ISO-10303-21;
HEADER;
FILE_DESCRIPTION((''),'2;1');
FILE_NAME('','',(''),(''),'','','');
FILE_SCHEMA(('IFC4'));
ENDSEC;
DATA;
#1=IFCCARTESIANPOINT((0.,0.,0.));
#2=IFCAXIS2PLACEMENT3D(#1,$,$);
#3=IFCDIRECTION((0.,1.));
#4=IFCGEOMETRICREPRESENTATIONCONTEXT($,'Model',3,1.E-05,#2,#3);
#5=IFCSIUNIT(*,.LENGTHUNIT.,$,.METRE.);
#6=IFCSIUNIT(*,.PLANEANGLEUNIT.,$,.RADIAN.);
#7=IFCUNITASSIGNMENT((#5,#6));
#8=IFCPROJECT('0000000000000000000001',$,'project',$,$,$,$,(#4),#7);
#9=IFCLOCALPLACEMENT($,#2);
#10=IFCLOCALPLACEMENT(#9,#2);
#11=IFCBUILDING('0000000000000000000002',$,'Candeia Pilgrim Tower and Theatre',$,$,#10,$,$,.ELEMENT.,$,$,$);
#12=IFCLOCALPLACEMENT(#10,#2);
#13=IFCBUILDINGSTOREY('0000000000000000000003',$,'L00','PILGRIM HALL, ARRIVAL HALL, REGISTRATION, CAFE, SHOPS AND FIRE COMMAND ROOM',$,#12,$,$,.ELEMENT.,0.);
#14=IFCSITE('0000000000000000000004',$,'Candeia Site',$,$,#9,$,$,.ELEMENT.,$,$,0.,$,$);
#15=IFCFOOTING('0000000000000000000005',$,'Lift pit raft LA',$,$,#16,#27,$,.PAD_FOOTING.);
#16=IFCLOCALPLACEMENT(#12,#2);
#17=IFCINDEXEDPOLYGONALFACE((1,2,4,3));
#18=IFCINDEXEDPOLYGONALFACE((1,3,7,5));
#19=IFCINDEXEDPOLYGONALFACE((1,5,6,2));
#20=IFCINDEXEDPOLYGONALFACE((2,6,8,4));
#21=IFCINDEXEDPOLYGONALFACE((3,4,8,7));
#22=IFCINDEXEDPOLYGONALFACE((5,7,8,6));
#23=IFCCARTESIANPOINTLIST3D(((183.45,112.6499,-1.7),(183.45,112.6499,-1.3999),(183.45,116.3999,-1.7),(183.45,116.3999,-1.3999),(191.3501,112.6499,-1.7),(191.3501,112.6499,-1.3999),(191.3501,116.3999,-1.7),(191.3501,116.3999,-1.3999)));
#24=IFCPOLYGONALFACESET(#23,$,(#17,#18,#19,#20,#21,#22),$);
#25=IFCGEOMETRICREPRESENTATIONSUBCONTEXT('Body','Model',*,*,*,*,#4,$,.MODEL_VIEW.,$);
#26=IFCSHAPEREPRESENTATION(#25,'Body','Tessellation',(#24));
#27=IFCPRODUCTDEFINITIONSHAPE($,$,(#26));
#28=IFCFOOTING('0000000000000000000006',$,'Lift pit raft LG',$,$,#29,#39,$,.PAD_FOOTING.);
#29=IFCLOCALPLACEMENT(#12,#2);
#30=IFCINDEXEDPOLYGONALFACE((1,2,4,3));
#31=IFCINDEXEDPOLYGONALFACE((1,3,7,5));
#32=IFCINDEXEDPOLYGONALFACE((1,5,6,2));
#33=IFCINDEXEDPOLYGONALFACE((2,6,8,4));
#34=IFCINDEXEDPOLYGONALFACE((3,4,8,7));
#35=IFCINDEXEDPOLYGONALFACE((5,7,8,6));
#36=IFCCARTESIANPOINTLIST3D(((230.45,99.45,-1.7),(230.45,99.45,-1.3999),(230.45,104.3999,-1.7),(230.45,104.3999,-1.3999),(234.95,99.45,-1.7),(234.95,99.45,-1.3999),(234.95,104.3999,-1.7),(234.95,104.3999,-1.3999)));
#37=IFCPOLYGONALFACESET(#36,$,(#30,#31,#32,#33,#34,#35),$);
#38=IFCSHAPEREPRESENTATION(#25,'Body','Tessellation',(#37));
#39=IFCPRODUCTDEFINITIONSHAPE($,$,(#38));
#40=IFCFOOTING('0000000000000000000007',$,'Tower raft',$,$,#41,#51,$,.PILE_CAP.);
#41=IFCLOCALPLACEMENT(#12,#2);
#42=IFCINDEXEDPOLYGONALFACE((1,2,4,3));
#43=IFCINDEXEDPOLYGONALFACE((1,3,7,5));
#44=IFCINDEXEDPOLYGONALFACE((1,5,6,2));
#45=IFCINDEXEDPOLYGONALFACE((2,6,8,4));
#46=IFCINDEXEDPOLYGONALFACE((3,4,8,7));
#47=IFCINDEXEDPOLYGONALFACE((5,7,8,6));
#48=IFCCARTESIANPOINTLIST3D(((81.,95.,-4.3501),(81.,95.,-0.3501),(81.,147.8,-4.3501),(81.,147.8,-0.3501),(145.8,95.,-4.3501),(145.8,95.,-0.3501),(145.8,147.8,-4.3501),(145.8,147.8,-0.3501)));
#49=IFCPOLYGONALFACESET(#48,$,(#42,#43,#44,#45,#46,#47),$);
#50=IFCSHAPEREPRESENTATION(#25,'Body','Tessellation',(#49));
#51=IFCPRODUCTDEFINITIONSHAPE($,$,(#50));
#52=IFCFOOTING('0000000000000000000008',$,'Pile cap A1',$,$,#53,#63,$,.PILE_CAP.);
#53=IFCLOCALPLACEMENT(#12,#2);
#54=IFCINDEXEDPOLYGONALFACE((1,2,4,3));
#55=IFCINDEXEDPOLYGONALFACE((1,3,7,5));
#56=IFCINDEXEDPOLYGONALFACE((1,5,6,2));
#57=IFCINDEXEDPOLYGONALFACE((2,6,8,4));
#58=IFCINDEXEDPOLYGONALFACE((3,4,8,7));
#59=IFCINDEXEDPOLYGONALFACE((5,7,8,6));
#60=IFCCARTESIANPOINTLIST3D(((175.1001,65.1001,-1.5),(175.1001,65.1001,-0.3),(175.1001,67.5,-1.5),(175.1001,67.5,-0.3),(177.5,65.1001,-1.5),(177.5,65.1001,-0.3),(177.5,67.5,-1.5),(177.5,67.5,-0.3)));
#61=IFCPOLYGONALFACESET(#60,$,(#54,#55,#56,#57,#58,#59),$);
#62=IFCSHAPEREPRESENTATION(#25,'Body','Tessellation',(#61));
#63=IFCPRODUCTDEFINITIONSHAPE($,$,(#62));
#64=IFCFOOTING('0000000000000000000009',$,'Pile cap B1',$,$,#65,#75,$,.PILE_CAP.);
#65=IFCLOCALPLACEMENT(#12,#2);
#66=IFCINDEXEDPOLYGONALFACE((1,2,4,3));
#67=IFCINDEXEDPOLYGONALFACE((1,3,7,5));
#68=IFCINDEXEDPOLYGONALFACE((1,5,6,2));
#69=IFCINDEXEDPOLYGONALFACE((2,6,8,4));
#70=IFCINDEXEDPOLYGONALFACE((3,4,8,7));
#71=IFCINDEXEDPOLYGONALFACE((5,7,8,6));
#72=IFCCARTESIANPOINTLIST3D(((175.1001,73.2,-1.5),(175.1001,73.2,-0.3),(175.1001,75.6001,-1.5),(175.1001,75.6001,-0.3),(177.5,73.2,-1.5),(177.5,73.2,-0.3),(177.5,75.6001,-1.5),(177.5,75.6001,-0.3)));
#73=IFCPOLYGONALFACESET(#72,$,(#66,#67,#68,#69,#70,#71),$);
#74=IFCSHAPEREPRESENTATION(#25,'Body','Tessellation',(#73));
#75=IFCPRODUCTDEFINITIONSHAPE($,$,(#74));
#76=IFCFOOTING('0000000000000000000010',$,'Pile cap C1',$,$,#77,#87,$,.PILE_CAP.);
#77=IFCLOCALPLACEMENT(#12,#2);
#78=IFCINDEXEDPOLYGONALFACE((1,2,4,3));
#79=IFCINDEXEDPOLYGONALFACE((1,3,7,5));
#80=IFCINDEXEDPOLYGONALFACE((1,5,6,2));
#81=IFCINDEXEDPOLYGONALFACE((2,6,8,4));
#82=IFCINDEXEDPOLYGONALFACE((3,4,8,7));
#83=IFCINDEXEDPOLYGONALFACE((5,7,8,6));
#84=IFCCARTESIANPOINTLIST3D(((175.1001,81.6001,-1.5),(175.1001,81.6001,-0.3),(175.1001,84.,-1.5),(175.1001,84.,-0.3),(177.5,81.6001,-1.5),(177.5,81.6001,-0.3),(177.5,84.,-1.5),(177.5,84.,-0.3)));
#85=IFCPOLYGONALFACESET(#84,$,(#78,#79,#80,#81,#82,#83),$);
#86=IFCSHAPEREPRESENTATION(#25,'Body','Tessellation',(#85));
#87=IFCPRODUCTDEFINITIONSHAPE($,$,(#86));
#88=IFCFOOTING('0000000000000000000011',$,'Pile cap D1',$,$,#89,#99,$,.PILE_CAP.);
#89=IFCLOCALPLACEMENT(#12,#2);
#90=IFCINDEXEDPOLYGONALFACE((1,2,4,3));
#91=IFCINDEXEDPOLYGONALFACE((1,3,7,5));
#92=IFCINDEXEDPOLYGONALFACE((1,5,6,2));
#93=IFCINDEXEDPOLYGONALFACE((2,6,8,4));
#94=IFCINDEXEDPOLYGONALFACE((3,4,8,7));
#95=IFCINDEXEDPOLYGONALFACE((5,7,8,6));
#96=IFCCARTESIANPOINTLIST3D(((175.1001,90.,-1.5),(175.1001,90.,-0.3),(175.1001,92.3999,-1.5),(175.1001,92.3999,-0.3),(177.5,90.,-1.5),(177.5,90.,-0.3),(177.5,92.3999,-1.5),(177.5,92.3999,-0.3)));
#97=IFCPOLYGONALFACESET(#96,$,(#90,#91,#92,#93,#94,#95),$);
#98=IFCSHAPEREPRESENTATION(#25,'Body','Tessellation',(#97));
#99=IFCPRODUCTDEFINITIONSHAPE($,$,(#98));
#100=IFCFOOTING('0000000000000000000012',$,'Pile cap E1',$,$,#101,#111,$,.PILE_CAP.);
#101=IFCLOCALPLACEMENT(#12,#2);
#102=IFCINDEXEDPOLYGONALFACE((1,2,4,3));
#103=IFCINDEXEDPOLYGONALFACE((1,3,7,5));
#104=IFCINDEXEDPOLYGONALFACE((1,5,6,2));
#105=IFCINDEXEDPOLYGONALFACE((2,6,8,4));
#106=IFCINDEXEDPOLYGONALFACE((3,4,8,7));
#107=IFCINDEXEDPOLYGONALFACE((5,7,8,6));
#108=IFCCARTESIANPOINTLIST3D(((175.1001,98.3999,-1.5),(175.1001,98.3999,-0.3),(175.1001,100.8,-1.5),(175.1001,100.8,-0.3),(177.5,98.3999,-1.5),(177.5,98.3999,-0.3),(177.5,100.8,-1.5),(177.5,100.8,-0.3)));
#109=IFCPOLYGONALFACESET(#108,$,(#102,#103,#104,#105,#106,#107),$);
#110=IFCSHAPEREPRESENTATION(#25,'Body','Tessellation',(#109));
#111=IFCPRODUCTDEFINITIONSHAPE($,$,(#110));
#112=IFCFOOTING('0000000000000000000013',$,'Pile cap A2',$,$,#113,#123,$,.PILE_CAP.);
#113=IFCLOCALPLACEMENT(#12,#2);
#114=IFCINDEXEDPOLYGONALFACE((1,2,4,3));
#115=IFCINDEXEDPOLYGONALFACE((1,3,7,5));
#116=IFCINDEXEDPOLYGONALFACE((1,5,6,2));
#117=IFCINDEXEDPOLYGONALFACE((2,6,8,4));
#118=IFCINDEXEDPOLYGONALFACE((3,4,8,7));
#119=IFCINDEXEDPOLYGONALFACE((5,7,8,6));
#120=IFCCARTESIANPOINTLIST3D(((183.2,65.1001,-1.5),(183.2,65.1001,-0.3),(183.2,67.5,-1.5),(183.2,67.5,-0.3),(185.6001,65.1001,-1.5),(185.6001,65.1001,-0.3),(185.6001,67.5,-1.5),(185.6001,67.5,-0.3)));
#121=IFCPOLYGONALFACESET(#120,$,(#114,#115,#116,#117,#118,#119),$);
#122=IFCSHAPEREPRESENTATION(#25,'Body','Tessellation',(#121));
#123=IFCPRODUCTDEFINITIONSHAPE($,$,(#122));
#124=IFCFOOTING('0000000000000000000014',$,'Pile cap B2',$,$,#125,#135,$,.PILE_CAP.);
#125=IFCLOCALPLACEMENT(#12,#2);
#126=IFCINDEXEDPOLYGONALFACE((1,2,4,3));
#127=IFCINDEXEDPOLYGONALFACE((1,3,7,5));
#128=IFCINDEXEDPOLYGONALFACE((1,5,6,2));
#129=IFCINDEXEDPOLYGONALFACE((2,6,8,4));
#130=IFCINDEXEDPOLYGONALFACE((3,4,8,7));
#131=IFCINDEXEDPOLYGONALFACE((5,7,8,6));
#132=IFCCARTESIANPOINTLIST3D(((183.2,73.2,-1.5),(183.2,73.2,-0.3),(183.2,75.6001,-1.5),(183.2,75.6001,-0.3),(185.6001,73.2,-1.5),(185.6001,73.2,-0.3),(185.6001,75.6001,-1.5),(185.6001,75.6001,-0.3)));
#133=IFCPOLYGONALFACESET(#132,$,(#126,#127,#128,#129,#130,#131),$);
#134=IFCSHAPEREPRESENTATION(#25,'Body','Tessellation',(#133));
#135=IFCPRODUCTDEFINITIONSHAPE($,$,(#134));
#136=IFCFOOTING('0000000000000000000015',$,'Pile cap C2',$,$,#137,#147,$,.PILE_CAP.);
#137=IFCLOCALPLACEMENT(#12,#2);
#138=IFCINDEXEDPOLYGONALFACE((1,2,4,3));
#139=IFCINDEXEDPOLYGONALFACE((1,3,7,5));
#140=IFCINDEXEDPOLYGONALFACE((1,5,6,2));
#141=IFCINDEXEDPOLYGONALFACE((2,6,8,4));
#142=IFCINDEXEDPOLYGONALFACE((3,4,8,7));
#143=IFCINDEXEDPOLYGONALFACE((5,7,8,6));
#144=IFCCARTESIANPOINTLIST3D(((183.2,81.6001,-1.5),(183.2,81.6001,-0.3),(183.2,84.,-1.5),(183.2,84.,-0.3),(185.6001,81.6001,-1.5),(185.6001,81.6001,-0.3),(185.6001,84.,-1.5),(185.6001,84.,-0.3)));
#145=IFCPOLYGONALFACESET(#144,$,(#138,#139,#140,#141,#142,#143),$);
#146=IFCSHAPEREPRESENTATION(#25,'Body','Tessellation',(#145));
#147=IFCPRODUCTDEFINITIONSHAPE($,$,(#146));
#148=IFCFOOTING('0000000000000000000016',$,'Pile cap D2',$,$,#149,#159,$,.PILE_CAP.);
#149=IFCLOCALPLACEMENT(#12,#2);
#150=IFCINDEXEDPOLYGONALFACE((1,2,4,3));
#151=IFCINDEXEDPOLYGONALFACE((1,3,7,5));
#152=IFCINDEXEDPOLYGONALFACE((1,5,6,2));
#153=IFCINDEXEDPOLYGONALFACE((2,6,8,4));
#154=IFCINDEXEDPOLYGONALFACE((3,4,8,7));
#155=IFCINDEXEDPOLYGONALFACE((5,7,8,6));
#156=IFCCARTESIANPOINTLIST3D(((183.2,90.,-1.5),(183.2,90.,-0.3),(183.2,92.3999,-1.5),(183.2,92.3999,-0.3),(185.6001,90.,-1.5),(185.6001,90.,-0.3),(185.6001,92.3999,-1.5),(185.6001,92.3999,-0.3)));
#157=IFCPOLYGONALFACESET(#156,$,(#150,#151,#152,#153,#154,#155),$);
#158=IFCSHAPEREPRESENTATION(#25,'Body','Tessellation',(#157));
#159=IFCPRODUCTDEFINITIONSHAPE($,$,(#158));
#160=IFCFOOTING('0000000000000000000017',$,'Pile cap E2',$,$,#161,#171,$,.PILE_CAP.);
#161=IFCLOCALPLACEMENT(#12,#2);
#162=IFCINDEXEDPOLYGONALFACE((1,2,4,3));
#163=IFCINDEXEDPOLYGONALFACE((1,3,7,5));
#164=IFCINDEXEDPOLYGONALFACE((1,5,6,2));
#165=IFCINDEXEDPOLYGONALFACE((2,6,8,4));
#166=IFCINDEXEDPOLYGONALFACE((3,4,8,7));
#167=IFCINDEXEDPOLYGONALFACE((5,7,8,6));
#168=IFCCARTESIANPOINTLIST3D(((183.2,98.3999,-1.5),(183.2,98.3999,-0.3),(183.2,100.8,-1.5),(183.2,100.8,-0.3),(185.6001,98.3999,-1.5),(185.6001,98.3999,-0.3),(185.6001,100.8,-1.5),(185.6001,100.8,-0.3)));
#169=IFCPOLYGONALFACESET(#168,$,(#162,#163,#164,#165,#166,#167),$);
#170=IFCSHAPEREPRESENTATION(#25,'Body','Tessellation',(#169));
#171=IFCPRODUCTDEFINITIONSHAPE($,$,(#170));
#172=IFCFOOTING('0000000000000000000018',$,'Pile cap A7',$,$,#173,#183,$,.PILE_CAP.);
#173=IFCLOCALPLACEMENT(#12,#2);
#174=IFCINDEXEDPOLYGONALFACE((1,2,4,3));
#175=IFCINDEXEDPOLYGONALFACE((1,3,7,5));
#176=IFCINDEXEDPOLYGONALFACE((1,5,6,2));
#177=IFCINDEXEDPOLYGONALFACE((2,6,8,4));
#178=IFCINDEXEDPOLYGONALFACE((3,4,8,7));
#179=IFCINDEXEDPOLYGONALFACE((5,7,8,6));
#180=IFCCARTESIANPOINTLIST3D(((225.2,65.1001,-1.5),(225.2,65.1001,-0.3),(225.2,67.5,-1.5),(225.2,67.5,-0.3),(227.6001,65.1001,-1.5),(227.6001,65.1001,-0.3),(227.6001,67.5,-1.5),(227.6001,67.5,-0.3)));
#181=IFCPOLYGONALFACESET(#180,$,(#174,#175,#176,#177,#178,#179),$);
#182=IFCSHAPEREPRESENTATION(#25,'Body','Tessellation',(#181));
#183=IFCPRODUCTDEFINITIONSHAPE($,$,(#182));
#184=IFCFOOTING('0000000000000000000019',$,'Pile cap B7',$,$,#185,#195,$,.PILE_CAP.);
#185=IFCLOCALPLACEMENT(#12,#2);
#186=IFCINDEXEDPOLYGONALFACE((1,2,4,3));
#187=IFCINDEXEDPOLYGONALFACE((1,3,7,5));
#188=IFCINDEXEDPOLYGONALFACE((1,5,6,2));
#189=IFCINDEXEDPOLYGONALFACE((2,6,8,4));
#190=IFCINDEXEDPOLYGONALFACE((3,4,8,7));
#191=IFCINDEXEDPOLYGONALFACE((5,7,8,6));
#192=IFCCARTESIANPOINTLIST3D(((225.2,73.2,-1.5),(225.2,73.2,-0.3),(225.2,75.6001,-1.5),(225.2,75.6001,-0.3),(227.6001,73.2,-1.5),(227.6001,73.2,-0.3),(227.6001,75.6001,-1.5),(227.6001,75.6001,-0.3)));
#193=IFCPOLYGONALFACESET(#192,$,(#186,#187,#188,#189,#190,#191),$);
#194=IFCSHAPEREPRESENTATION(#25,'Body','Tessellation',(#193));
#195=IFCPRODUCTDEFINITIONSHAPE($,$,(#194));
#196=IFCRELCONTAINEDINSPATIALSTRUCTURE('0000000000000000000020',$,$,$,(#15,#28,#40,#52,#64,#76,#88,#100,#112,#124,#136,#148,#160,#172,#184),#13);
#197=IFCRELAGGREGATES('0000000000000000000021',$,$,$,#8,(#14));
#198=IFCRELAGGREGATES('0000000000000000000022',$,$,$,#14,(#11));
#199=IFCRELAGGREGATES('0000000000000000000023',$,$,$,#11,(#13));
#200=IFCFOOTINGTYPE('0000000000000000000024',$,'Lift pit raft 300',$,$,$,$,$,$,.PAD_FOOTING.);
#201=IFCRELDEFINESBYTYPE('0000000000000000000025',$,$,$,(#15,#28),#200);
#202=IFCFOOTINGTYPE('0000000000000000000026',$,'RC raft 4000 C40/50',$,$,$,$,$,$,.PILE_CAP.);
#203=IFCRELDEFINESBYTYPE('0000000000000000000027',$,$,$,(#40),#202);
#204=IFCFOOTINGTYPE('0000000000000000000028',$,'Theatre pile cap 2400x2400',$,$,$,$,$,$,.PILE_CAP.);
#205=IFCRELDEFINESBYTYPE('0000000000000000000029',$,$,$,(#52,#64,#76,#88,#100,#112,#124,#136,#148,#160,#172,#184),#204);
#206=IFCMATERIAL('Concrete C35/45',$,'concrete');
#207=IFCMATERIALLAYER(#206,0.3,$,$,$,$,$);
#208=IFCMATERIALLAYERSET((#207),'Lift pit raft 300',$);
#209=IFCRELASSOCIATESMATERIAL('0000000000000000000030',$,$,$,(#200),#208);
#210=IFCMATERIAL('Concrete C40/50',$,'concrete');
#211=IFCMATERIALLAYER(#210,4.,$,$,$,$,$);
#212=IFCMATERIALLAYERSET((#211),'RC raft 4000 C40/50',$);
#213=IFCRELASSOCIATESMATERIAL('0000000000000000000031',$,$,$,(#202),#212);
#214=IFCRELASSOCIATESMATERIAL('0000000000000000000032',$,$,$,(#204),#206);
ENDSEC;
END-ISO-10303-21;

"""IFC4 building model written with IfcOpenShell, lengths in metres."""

from ifc_helpers import new_model, si_unit, direction, frame, origin, place, context, subcontext, project, spatial, polyline, outline, extrude, material, layer, layer_set, type_object, element, save


model = new_model("IFC4")

# Units and contexts
model_context = context("Model", 3, precision=1e-05, world=origin(), true_north=direction((0.0, 1.0)))
body_context = subcontext(model_context, "Body", "Model", "MODEL_VIEW")
ifc_project = project(units=[si_unit("LENGTHUNIT", "METRE"), si_unit("PLANEANGLEUNIT", "RADIAN")], contexts=[model_context])

# Site, building, storey
site_placement = place(None, origin())
site = spatial("IfcSite", under=ifc_project, at=site_placement, Name="Candeia Site", CompositionType="ELEMENT", RefElevation=0.0)
building_placement = place(site_placement, origin())
building = spatial("IfcBuilding", under=site, at=building_placement, Name="Candeia Pilgrim Tower and Theatre", CompositionType="ELEMENT")
storey_placement = place(building_placement, origin())
storey = spatial("IfcBuildingStorey", under=building, at=storey_placement, Name="L00", Description="PILGRIM HALL, ARRIVAL HALL, REGISTRATION, CAFE, SHOPS AND FIRE COMMAND ROOM", CompositionType="ELEMENT", Elevation=0.0)

# Footings
ifc_material_1 = material(Name="Concrete C35/45", Category="concrete")
ifc_layer_1 = layer(ifc_material_1, 0.3)
ifc_layer_set_1 = layer_set([ifc_layer_1], Name="Lift pit raft 300")
footing_type_1 = type_object("IfcFootingType", Name="Lift pit raft 300", PredefinedType="PAD_FOOTING", material=ifc_layer_set_1)
footing_1_placement = place(storey_placement, frame((0.0, 0.0, -1.7)))
element("IfcFooting", 1, at=footing_1_placement, inside=storey, type_object=footing_type_1, Name="Lift pit raft LA", PredefinedType="PAD_FOOTING", context=body_context, shape_type="SweptSolid", body=[
    extrude(outline(polyline([(183.45, 112.6499), (191.3501, 112.6499), (191.3501, 116.3999), (183.45, 116.3999), (183.45, 112.6499)])), origin(), (0.0, 0.0, 1.0), 0.3),
])
footing_2_placement = place(storey_placement, frame((0.0, 0.0, -1.7)))
element("IfcFooting", 2, at=footing_2_placement, inside=storey, type_object=footing_type_1, Name="Lift pit raft LG", PredefinedType="PAD_FOOTING", context=body_context, shape_type="SweptSolid", body=[
    extrude(outline(polyline([(230.45, 99.45), (234.95, 99.45), (234.95, 104.3999), (230.45, 104.3999), (230.45, 99.45)])), origin(), (0.0, 0.0, 1.0), 0.3),
])
ifc_material_2 = material(Name="Concrete C40/50", Category="concrete")
ifc_layer_2 = layer(ifc_material_2, 4.0)
ifc_layer_set_2 = layer_set([ifc_layer_2], Name="RC raft 4000 C40/50")
footing_type_2 = type_object("IfcFootingType", Name="RC raft 4000 C40/50", PredefinedType="PILE_CAP", material=ifc_layer_set_2)
footing_3_placement = place(storey_placement, frame((0.0, 0.0, -4.3501)))
element("IfcFooting", 3, at=footing_3_placement, inside=storey, type_object=footing_type_2, Name="Tower raft", PredefinedType="PILE_CAP", context=body_context, shape_type="SweptSolid", body=[
    extrude(outline(polyline([(81.0, 95.0), (145.8, 95.0), (145.8, 147.8), (81.0, 147.8), (81.0, 95.0)])), origin(), (0.0, 0.0, 1.0), 4.0),
])
footing_type_3 = type_object("IfcFootingType", Name="Theatre pile cap 2400x2400", PredefinedType="PILE_CAP", material=ifc_material_1)
footing_4_placement = place(storey_placement, frame((0.0, 0.0, -1.5)))
element("IfcFooting", 4, at=footing_4_placement, inside=storey, type_object=footing_type_3, Name="Pile cap A1", PredefinedType="PILE_CAP", context=body_context, shape_type="SweptSolid", body=[
    extrude(outline(polyline([(175.1001, 65.1001), (177.5, 65.1001), (177.5, 67.5), (175.1001, 67.5), (175.1001, 65.1001)])), origin(), (0.0, 0.0, 1.0), 1.2),
])
footing_5_placement = place(storey_placement, frame((0.0, 0.0, -1.5)))
element("IfcFooting", 5, at=footing_5_placement, inside=storey, type_object=footing_type_3, Name="Pile cap B1", PredefinedType="PILE_CAP", context=body_context, shape_type="SweptSolid", body=[
    extrude(outline(polyline([(175.1001, 73.2), (177.5, 73.2), (177.5, 75.6001), (175.1001, 75.6001), (175.1001, 73.2)])), origin(), (0.0, 0.0, 1.0), 1.2),
])
footing_6_placement = place(storey_placement, frame((0.0, 0.0, -1.5)))
element("IfcFooting", 6, at=footing_6_placement, inside=storey, type_object=footing_type_3, Name="Pile cap C1", PredefinedType="PILE_CAP", context=body_context, shape_type="SweptSolid", body=[
    extrude(outline(polyline([(175.1001, 81.6001), (177.5, 81.6001), (177.5, 84.0), (175.1001, 84.0), (175.1001, 81.6001)])), origin(), (0.0, 0.0, 1.0), 1.2),
])
footing_7_placement = place(storey_placement, frame((0.0, 0.0, -1.5)))
element("IfcFooting", 7, at=footing_7_placement, inside=storey, type_object=footing_type_3, Name="Pile cap D1", PredefinedType="PILE_CAP", context=body_context, shape_type="SweptSolid", body=[
    extrude(outline(polyline([(175.1001, 90.0), (177.5, 90.0), (177.5, 92.3999), (175.1001, 92.3999), (175.1001, 90.0)])), origin(), (0.0, 0.0, 1.0), 1.2),
])
footing_8_placement = place(storey_placement, frame((0.0, 0.0, -1.5)))
element("IfcFooting", 8, at=footing_8_placement, inside=storey, type_object=footing_type_3, Name="Pile cap E1", PredefinedType="PILE_CAP", context=body_context, shape_type="SweptSolid", body=[
    extrude(outline(polyline([(175.1001, 98.3999), (177.5, 98.3999), (177.5, 100.8), (175.1001, 100.8), (175.1001, 98.3999)])), origin(), (0.0, 0.0, 1.0), 1.2),
])
footing_9_placement = place(storey_placement, frame((0.0, 0.0, -1.5)))
element("IfcFooting", 9, at=footing_9_placement, inside=storey, type_object=footing_type_3, Name="Pile cap A2", PredefinedType="PILE_CAP", context=body_context, shape_type="SweptSolid", body=[
    extrude(outline(polyline([(183.2, 65.1001), (185.6001, 65.1001), (185.6001, 67.5), (183.2, 67.5), (183.2, 65.1001)])), origin(), (0.0, 0.0, 1.0), 1.2),
])
footing_10_placement = place(storey_placement, frame((0.0, 0.0, -1.5)))
element("IfcFooting", 10, at=footing_10_placement, inside=storey, type_object=footing_type_3, Name="Pile cap B2", PredefinedType="PILE_CAP", context=body_context, shape_type="SweptSolid", body=[
    extrude(outline(polyline([(183.2, 73.2), (185.6001, 73.2), (185.6001, 75.6001), (183.2, 75.6001), (183.2, 73.2)])), origin(), (0.0, 0.0, 1.0), 1.2),
])
footing_11_placement = place(storey_placement, frame((0.0, 0.0, -1.5)))
element("IfcFooting", 11, at=footing_11_placement, inside=storey, type_object=footing_type_3, Name="Pile cap C2", PredefinedType="PILE_CAP", context=body_context, shape_type="SweptSolid", body=[
    extrude(outline(polyline([(183.2, 81.6001), (185.6001, 81.6001), (185.6001, 84.0), (183.2, 84.0), (183.2, 81.6001)])), origin(), (0.0, 0.0, 1.0), 1.2),
])
footing_12_placement = place(storey_placement, frame((0.0, 0.0, -1.5)))
element("IfcFooting", 12, at=footing_12_placement, inside=storey, type_object=footing_type_3, Name="Pile cap D2", PredefinedType="PILE_CAP", context=body_context, shape_type="SweptSolid", body=[
    extrude(outline(polyline([(183.2, 90.0), (185.6001, 90.0), (185.6001, 92.3999), (183.2, 92.3999), (183.2, 90.0)])), origin(), (0.0, 0.0, 1.0), 1.2),
])
footing_13_placement = place(storey_placement, frame((0.0, 0.0, -1.5)))
element("IfcFooting", 13, at=footing_13_placement, inside=storey, type_object=footing_type_3, Name="Pile cap E2", PredefinedType="PILE_CAP", context=body_context, shape_type="SweptSolid", body=[
    extrude(outline(polyline([(183.2, 98.3999), (185.6001, 98.3999), (185.6001, 100.8), (183.2, 100.8), (183.2, 98.3999)])), origin(), (0.0, 0.0, 1.0), 1.2),
])
footing_14_placement = place(storey_placement, frame((0.0, 0.0, -1.5)))
element("IfcFooting", 14, at=footing_14_placement, inside=storey, type_object=footing_type_3, Name="Pile cap A7", PredefinedType="PILE_CAP", context=body_context, shape_type="SweptSolid", body=[
    extrude(outline(polyline([(225.2, 65.1001), (227.6001, 65.1001), (227.6001, 67.5), (225.2, 67.5), (225.2, 65.1001)])), origin(), (0.0, 0.0, 1.0), 1.2),
])
footing_15_placement = place(storey_placement, frame((0.0, 0.0, -1.5)))
element("IfcFooting", 15, at=footing_15_placement, inside=storey, type_object=footing_type_3, Name="Pile cap B7", PredefinedType="PILE_CAP", context=body_context, shape_type="SweptSolid", body=[
    extrude(outline(polyline([(225.2, 73.2), (227.6001, 73.2), (227.6001, 75.6001), (225.2, 75.6001), (225.2, 73.2)])), origin(), (0.0, 0.0, 1.0), 1.2),
])

save(model, "model.ifc")
